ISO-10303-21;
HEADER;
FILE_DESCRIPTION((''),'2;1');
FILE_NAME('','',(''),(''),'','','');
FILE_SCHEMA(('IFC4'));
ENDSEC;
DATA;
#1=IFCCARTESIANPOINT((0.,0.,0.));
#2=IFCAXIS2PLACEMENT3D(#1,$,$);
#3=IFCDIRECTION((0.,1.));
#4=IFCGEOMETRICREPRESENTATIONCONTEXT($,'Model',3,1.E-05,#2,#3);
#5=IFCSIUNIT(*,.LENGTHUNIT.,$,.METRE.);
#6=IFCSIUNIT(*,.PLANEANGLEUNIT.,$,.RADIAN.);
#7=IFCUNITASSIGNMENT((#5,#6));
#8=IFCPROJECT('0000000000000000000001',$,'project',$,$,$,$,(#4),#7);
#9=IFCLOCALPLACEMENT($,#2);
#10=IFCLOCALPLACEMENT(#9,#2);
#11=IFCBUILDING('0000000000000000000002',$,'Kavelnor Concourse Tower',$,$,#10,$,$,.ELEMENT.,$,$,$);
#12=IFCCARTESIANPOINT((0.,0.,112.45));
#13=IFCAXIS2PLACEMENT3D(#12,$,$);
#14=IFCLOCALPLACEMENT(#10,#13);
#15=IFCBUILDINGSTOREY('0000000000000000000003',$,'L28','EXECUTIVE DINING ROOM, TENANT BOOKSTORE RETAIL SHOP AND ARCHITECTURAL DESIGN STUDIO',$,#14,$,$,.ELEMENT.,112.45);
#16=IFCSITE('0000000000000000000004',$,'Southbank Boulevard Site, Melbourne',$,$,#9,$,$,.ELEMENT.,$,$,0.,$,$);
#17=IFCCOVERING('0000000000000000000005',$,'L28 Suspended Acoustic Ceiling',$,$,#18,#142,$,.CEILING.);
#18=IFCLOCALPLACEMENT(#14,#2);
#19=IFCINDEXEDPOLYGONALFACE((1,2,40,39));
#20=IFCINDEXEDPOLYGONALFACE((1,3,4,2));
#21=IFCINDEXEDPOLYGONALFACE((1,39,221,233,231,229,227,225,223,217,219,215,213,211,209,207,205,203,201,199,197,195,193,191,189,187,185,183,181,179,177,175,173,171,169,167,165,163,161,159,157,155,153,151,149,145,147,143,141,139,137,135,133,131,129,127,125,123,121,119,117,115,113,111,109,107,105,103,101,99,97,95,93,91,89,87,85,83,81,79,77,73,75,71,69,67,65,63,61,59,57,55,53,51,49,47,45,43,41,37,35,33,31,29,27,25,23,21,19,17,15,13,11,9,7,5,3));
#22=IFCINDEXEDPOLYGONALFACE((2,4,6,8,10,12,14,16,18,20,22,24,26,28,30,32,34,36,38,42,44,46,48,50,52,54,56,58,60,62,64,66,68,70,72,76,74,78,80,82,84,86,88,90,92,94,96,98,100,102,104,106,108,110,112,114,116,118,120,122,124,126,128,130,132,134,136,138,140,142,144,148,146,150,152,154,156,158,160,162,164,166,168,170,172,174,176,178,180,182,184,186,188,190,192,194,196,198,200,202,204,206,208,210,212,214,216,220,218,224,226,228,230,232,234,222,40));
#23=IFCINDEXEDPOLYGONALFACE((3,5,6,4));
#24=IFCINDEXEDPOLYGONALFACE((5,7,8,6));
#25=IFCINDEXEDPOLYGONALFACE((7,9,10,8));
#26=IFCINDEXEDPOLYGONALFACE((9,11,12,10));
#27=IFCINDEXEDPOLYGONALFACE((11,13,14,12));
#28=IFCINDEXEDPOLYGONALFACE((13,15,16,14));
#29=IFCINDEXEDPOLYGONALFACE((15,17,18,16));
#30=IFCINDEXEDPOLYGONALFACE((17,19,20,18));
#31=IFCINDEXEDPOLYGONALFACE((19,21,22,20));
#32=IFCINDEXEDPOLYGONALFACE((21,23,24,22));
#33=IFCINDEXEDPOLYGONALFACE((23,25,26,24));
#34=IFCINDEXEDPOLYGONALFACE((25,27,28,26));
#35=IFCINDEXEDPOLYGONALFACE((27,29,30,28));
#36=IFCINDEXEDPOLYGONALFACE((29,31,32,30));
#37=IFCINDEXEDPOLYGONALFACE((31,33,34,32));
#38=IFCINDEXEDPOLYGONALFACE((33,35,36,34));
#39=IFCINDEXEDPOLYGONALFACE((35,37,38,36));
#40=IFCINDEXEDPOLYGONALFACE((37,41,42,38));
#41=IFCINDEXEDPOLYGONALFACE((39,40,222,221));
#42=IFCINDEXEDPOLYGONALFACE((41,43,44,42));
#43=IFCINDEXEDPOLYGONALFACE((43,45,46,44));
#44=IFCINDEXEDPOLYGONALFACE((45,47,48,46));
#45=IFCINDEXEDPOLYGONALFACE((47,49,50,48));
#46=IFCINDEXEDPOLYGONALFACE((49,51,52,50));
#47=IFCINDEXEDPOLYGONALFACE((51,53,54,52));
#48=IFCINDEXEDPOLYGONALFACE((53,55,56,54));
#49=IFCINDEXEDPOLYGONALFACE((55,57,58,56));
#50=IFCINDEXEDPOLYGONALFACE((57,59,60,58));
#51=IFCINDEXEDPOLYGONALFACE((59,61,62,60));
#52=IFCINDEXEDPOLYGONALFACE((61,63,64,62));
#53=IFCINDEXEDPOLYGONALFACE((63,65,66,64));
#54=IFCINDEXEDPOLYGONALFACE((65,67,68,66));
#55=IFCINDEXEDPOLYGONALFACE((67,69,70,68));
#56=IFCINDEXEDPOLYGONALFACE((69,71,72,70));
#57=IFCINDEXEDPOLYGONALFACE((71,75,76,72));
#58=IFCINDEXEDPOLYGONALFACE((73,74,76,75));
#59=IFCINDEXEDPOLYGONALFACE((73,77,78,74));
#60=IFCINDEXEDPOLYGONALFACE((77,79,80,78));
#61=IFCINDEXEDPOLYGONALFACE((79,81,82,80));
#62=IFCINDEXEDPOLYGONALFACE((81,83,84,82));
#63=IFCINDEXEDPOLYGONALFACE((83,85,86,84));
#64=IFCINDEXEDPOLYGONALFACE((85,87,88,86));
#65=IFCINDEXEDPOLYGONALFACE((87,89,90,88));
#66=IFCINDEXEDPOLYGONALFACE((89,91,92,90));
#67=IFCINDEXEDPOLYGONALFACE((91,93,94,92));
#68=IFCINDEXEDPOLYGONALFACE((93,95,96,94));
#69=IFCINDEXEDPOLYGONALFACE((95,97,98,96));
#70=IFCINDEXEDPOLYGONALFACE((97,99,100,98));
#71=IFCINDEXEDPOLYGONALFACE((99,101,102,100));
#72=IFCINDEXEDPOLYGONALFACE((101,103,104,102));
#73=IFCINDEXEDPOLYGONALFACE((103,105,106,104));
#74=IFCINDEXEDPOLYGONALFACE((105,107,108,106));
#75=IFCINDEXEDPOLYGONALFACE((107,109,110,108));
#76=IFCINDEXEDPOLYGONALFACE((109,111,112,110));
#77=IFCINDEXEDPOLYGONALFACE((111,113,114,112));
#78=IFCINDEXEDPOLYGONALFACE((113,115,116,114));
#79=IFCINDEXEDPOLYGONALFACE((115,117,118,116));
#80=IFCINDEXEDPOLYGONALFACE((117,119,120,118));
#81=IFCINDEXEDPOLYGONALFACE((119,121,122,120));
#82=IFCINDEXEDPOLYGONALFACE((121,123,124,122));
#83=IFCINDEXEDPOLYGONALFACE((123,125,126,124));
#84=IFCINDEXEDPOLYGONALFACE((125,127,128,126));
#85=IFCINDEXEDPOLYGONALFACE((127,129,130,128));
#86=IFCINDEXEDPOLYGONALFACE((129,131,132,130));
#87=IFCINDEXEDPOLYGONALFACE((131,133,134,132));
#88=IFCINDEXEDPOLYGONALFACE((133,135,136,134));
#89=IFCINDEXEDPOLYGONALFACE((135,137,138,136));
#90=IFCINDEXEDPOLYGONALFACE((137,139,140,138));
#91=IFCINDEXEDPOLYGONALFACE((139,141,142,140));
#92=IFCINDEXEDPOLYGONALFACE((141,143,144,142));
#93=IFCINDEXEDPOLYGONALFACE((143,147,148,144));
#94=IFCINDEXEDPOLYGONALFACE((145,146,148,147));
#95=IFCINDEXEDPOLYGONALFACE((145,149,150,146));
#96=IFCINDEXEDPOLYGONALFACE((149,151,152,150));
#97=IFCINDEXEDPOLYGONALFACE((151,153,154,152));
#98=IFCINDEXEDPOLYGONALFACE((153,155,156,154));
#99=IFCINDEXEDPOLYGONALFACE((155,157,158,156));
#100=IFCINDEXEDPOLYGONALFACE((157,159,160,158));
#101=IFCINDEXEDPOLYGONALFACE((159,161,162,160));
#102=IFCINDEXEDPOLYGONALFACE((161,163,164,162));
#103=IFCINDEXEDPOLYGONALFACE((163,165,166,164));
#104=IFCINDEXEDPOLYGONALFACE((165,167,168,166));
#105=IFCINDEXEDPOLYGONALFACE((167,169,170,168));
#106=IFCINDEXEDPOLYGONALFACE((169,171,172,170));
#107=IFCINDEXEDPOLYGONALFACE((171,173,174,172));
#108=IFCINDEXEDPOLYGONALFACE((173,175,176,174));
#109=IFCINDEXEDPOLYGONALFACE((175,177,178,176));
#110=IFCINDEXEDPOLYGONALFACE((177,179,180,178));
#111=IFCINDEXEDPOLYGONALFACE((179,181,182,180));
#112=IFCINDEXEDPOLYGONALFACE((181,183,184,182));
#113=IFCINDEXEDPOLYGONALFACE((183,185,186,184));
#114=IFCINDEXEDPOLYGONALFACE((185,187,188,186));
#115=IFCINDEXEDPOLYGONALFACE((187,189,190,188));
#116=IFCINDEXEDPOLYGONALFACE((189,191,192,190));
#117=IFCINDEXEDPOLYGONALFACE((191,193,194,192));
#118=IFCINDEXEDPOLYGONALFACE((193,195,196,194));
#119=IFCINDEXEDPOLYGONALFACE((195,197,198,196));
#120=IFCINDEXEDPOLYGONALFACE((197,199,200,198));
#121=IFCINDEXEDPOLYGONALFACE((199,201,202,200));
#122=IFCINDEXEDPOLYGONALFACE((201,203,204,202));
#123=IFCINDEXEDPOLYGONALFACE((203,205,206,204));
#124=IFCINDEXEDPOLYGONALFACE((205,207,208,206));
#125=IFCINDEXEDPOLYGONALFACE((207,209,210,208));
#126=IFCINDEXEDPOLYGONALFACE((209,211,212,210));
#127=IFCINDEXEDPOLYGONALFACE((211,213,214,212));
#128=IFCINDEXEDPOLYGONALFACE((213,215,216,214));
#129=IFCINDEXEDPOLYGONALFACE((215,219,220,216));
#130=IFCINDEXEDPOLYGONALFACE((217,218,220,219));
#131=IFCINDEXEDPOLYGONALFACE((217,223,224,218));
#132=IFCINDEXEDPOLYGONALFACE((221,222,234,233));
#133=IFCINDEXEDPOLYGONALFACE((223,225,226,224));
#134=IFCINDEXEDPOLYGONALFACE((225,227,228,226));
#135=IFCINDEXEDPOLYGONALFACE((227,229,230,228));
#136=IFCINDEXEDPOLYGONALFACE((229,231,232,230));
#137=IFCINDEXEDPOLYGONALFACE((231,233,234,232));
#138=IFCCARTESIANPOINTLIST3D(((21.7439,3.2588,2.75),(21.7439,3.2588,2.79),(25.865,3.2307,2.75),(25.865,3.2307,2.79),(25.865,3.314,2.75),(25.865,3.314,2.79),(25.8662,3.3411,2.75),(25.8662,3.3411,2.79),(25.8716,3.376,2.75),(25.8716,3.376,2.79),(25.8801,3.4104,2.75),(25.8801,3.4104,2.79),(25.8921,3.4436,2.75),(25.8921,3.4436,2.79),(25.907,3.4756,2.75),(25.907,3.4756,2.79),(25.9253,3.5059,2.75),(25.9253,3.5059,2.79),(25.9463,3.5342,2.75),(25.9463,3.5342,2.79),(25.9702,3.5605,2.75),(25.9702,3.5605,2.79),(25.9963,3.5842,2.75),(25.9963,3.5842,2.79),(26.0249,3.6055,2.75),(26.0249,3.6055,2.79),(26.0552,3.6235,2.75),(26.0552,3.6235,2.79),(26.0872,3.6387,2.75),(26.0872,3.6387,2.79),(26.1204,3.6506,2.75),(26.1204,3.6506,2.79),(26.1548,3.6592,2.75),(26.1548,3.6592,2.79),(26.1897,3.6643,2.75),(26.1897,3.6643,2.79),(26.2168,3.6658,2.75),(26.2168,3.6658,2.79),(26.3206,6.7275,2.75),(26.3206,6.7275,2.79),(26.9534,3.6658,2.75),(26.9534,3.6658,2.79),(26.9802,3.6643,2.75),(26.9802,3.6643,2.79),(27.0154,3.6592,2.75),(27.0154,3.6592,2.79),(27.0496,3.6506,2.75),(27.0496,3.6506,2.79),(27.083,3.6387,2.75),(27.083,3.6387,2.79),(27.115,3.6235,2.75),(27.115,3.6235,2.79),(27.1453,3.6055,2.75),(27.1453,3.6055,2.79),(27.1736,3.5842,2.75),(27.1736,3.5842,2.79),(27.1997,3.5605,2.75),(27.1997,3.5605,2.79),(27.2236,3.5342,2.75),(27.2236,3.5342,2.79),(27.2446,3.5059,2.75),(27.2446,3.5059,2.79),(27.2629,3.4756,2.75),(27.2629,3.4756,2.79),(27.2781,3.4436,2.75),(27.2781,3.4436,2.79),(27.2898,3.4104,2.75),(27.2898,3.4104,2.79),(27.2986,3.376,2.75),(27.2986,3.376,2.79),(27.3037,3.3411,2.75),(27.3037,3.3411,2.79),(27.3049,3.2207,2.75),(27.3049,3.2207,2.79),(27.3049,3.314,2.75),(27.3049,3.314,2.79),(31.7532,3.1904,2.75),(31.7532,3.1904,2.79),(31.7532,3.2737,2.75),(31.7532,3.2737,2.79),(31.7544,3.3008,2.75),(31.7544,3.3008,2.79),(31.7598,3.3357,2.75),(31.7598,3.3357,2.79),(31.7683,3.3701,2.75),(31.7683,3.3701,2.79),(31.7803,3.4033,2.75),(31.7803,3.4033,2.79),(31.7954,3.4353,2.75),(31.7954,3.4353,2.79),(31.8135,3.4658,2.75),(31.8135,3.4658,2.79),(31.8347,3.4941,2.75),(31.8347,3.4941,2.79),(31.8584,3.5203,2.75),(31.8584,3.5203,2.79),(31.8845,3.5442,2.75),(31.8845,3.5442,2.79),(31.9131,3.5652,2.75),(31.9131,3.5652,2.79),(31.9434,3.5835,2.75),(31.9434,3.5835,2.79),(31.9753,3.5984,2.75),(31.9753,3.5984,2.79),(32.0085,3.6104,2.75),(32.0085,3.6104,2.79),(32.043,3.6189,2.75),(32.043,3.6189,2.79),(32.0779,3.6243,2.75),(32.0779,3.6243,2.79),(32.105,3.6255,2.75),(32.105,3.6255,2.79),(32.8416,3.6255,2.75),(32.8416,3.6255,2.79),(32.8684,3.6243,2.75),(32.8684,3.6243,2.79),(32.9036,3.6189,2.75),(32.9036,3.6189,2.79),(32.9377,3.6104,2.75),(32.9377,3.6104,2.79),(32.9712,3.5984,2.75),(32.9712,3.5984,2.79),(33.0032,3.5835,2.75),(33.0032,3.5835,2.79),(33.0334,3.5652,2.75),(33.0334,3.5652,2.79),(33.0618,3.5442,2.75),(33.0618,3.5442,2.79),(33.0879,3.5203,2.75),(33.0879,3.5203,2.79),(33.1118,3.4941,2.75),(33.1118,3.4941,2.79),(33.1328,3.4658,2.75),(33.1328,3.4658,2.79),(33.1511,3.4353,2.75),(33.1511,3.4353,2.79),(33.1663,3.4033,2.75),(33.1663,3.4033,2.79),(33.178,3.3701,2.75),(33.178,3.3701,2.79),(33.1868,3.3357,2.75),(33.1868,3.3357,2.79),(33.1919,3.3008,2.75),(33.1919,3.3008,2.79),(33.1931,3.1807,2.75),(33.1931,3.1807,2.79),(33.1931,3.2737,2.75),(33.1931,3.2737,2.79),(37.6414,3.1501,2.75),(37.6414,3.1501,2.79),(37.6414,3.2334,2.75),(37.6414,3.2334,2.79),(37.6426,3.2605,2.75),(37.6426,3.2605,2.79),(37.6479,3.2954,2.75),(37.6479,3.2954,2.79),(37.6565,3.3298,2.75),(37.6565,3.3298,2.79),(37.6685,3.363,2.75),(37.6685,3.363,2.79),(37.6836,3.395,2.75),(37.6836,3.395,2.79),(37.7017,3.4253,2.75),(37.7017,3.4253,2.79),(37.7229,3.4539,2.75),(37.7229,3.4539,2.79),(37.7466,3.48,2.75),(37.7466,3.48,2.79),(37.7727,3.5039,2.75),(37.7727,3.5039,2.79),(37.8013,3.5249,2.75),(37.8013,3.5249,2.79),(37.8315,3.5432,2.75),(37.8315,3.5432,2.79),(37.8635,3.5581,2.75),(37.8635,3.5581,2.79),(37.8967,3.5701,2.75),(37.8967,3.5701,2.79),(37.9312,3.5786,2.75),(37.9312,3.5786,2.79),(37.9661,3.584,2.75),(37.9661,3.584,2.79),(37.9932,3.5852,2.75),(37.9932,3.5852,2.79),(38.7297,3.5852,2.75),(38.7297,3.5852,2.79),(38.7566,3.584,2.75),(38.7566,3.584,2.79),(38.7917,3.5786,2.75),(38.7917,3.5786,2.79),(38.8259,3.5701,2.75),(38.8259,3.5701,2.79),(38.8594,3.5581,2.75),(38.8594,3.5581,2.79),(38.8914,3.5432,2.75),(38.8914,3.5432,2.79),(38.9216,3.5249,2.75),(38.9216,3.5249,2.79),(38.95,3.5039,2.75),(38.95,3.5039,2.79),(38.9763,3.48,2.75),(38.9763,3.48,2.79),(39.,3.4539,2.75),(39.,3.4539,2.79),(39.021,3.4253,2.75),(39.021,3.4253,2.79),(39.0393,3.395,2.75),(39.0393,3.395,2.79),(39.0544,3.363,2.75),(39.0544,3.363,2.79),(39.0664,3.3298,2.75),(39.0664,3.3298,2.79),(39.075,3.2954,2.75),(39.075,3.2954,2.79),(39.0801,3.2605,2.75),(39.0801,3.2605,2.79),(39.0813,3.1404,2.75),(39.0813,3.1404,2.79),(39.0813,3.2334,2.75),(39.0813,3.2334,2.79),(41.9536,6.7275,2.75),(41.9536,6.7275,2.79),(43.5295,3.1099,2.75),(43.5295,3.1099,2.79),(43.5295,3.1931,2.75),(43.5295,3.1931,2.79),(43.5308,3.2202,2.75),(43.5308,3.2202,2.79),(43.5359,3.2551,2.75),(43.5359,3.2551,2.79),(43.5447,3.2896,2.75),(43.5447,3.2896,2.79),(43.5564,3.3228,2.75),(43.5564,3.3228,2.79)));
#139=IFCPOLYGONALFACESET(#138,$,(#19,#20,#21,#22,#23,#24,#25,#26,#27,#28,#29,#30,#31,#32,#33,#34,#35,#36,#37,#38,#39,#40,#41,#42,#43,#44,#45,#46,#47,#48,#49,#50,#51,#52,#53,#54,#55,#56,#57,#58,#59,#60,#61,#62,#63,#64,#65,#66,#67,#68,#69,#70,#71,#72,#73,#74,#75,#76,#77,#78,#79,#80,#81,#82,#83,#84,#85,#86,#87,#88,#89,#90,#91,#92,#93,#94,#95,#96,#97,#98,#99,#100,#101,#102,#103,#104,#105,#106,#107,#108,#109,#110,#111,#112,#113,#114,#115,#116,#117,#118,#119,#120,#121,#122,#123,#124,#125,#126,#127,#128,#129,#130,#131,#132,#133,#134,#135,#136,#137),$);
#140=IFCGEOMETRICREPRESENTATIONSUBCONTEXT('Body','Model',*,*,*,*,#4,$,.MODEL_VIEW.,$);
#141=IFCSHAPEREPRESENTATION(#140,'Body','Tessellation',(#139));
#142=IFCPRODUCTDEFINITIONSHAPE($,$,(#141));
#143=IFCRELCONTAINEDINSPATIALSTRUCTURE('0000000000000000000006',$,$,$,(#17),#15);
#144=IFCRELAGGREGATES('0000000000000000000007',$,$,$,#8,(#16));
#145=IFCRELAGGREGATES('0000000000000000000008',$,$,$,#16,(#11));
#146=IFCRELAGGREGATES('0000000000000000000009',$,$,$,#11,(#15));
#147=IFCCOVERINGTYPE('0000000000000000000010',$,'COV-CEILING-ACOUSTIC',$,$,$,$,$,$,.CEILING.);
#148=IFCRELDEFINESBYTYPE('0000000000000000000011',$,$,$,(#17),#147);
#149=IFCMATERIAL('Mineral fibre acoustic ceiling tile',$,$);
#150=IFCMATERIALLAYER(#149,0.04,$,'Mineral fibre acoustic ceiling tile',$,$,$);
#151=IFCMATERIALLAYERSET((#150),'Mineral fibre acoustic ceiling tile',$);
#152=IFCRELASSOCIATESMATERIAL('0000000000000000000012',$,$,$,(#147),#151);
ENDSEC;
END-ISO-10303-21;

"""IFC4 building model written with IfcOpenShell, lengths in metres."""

from ifc_helpers import new_model, si_unit, direction, frame, origin, place, context, subcontext, project, spatial, polyline, outline, extrude, material, layer, layer_set, type_object, element, save


model = new_model("IFC4")

# Units and contexts
model_context = context("Model", 3, precision=1e-05, world=origin(), true_north=direction((0.0, 1.0)))
body_context = subcontext(model_context, "Body", "Model", "MODEL_VIEW")
ifc_project = project(units=[si_unit("LENGTHUNIT", "METRE"), si_unit("PLANEANGLEUNIT", "RADIAN")], contexts=[model_context])

# Site, building, storey
site_placement = place(None, origin())
site = spatial("IfcSite", under=ifc_project, at=site_placement, Name="Southbank Boulevard Site, Melbourne", CompositionType="ELEMENT", RefElevation=0.0)
building_placement = place(site_placement, origin())
building = spatial("IfcBuilding", under=site, at=building_placement, Name="Kavelnor Concourse Tower", CompositionType="ELEMENT")
storey_placement = place(building_placement, frame((0.0, 0.0, 112.45)))
storey = spatial("IfcBuildingStorey", under=building, at=storey_placement, Name="L28", Description="EXECUTIVE DINING ROOM, TENANT BOOKSTORE RETAIL SHOP AND ARCHITECTURAL DESIGN STUDIO", CompositionType="ELEMENT", Elevation=112.45)

# Covering
ifc_material_1 = material(Name="Mineral fibre acoustic ceiling tile")
ifc_layer_1 = layer(ifc_material_1, 0.04, Name="Mineral fibre acoustic ceiling tile")
ifc_layer_set_1 = layer_set([ifc_layer_1], Name="Mineral fibre acoustic ceiling tile")
covering_type_1 = type_object("IfcCoveringType", Name="COV-CEILING-ACOUSTIC", PredefinedType="CEILING", material=ifc_layer_set_1)
covering_1_placement = place(storey_placement, frame((0.0, 0.0, 2.75)))
element("IfcCovering", 1, at=covering_1_placement, inside=storey, type_object=covering_type_1, Name="L28 Suspended Acoustic Ceiling", PredefinedType="CEILING", context=body_context, shape_type="SweptSolid", body=[
    extrude(outline(polyline([(26.3206, 6.7275), (41.9536, 6.7275), (43.5564, 3.3228), (43.5447, 3.2896), (43.5359, 3.2551), (43.5308, 3.2202), (43.5295, 3.1931), (43.5295, 3.1099), (39.0813, 3.1404), (39.0813, 3.2334), (39.0801, 3.2605), (39.075, 3.2954), (39.0664, 3.3298), (39.0544, 3.363), (39.0393, 3.395), (39.021, 3.4253), (39.0, 3.4539), (38.9763, 3.48), (38.95, 3.5039), (38.9216, 3.5249), (38.8914, 3.5432), (38.8594, 3.5581), (38.8259, 3.5701), (38.7917, 3.5786), (38.7566, 3.584), (38.7297, 3.5852), (37.9932, 3.5852), (37.9661, 3.584), (37.9312, 3.5786), (37.8967, 3.5701), (37.8635, 3.5581), (37.8315, 3.5432), (37.8013, 3.5249), (37.7727, 3.5039), (37.7466, 3.48), (37.7229, 3.4539), (37.7017, 3.4253), (37.6836, 3.395), (37.6685, 3.363), (37.6565, 3.3298), (37.6479, 3.2954), (37.6426, 3.2605), (37.6414, 3.2334), (37.6414, 3.1501), (33.1931, 3.1807), (33.1931, 3.2737), (33.1919, 3.3008), (33.1868, 3.3357), (33.178, 3.3701), (33.1663, 3.4033), (33.1511, 3.4353), (33.1328, 3.4658), (33.1118, 3.4941), (33.0879, 3.5203), (33.0618, 3.5442), (33.0334, 3.5652), (33.0032, 3.5835), (32.9712, 3.5984), (32.9377, 3.6104), (32.9036, 3.6189), (32.8684, 3.6243), (32.8416, 3.6255), (32.105, 3.6255), (32.0779, 3.6243), (32.043, 3.6189), (32.0085, 3.6104), (31.9753, 3.5984), (31.9434, 3.5835), (31.9131, 3.5652), (31.8845, 3.5442), (31.8584, 3.5203), (31.8347, 3.4941), (31.8135, 3.4658), (31.7954, 3.4353), (31.7803, 3.4033), (31.7683, 3.3701), (31.7598, 3.3357), (31.7544, 3.3008), (31.7532, 3.2737), (31.7532, 3.1904), (27.3049, 3.2207), (27.3049, 3.314), (27.3037, 3.3411), (27.2986, 3.376), (27.2898, 3.4104), (27.2781, 3.4436), (27.2629, 3.4756), (27.2446, 3.5059), (27.2236, 3.5342), (27.1997, 3.5605), (27.1736, 3.5842), (27.1453, 3.6055), (27.115, 3.6235), (27.083, 3.6387), (27.0496, 3.6506), (27.0154, 3.6592), (26.9802, 3.6643), (26.9534, 3.6658), (26.2168, 3.6658), (26.1897, 3.6643), (26.1548, 3.6592), (26.1204, 3.6506), (26.0872, 3.6387), (26.0552, 3.6235), (26.0249, 3.6055), (25.9963, 3.5842), (25.9702, 3.5605), (25.9463, 3.5342), (25.9253, 3.5059), (25.907, 3.4756), (25.8921, 3.4436), (25.8801, 3.4104), (25.8716, 3.376), (25.8662, 3.3411), (25.865, 3.314), (25.865, 3.2307), (21.7439, 3.2588), (26.3206, 6.7275)])), origin(), (0.0, 0.0, 1.0), 0.04),
])

save(model, "model.ifc")
